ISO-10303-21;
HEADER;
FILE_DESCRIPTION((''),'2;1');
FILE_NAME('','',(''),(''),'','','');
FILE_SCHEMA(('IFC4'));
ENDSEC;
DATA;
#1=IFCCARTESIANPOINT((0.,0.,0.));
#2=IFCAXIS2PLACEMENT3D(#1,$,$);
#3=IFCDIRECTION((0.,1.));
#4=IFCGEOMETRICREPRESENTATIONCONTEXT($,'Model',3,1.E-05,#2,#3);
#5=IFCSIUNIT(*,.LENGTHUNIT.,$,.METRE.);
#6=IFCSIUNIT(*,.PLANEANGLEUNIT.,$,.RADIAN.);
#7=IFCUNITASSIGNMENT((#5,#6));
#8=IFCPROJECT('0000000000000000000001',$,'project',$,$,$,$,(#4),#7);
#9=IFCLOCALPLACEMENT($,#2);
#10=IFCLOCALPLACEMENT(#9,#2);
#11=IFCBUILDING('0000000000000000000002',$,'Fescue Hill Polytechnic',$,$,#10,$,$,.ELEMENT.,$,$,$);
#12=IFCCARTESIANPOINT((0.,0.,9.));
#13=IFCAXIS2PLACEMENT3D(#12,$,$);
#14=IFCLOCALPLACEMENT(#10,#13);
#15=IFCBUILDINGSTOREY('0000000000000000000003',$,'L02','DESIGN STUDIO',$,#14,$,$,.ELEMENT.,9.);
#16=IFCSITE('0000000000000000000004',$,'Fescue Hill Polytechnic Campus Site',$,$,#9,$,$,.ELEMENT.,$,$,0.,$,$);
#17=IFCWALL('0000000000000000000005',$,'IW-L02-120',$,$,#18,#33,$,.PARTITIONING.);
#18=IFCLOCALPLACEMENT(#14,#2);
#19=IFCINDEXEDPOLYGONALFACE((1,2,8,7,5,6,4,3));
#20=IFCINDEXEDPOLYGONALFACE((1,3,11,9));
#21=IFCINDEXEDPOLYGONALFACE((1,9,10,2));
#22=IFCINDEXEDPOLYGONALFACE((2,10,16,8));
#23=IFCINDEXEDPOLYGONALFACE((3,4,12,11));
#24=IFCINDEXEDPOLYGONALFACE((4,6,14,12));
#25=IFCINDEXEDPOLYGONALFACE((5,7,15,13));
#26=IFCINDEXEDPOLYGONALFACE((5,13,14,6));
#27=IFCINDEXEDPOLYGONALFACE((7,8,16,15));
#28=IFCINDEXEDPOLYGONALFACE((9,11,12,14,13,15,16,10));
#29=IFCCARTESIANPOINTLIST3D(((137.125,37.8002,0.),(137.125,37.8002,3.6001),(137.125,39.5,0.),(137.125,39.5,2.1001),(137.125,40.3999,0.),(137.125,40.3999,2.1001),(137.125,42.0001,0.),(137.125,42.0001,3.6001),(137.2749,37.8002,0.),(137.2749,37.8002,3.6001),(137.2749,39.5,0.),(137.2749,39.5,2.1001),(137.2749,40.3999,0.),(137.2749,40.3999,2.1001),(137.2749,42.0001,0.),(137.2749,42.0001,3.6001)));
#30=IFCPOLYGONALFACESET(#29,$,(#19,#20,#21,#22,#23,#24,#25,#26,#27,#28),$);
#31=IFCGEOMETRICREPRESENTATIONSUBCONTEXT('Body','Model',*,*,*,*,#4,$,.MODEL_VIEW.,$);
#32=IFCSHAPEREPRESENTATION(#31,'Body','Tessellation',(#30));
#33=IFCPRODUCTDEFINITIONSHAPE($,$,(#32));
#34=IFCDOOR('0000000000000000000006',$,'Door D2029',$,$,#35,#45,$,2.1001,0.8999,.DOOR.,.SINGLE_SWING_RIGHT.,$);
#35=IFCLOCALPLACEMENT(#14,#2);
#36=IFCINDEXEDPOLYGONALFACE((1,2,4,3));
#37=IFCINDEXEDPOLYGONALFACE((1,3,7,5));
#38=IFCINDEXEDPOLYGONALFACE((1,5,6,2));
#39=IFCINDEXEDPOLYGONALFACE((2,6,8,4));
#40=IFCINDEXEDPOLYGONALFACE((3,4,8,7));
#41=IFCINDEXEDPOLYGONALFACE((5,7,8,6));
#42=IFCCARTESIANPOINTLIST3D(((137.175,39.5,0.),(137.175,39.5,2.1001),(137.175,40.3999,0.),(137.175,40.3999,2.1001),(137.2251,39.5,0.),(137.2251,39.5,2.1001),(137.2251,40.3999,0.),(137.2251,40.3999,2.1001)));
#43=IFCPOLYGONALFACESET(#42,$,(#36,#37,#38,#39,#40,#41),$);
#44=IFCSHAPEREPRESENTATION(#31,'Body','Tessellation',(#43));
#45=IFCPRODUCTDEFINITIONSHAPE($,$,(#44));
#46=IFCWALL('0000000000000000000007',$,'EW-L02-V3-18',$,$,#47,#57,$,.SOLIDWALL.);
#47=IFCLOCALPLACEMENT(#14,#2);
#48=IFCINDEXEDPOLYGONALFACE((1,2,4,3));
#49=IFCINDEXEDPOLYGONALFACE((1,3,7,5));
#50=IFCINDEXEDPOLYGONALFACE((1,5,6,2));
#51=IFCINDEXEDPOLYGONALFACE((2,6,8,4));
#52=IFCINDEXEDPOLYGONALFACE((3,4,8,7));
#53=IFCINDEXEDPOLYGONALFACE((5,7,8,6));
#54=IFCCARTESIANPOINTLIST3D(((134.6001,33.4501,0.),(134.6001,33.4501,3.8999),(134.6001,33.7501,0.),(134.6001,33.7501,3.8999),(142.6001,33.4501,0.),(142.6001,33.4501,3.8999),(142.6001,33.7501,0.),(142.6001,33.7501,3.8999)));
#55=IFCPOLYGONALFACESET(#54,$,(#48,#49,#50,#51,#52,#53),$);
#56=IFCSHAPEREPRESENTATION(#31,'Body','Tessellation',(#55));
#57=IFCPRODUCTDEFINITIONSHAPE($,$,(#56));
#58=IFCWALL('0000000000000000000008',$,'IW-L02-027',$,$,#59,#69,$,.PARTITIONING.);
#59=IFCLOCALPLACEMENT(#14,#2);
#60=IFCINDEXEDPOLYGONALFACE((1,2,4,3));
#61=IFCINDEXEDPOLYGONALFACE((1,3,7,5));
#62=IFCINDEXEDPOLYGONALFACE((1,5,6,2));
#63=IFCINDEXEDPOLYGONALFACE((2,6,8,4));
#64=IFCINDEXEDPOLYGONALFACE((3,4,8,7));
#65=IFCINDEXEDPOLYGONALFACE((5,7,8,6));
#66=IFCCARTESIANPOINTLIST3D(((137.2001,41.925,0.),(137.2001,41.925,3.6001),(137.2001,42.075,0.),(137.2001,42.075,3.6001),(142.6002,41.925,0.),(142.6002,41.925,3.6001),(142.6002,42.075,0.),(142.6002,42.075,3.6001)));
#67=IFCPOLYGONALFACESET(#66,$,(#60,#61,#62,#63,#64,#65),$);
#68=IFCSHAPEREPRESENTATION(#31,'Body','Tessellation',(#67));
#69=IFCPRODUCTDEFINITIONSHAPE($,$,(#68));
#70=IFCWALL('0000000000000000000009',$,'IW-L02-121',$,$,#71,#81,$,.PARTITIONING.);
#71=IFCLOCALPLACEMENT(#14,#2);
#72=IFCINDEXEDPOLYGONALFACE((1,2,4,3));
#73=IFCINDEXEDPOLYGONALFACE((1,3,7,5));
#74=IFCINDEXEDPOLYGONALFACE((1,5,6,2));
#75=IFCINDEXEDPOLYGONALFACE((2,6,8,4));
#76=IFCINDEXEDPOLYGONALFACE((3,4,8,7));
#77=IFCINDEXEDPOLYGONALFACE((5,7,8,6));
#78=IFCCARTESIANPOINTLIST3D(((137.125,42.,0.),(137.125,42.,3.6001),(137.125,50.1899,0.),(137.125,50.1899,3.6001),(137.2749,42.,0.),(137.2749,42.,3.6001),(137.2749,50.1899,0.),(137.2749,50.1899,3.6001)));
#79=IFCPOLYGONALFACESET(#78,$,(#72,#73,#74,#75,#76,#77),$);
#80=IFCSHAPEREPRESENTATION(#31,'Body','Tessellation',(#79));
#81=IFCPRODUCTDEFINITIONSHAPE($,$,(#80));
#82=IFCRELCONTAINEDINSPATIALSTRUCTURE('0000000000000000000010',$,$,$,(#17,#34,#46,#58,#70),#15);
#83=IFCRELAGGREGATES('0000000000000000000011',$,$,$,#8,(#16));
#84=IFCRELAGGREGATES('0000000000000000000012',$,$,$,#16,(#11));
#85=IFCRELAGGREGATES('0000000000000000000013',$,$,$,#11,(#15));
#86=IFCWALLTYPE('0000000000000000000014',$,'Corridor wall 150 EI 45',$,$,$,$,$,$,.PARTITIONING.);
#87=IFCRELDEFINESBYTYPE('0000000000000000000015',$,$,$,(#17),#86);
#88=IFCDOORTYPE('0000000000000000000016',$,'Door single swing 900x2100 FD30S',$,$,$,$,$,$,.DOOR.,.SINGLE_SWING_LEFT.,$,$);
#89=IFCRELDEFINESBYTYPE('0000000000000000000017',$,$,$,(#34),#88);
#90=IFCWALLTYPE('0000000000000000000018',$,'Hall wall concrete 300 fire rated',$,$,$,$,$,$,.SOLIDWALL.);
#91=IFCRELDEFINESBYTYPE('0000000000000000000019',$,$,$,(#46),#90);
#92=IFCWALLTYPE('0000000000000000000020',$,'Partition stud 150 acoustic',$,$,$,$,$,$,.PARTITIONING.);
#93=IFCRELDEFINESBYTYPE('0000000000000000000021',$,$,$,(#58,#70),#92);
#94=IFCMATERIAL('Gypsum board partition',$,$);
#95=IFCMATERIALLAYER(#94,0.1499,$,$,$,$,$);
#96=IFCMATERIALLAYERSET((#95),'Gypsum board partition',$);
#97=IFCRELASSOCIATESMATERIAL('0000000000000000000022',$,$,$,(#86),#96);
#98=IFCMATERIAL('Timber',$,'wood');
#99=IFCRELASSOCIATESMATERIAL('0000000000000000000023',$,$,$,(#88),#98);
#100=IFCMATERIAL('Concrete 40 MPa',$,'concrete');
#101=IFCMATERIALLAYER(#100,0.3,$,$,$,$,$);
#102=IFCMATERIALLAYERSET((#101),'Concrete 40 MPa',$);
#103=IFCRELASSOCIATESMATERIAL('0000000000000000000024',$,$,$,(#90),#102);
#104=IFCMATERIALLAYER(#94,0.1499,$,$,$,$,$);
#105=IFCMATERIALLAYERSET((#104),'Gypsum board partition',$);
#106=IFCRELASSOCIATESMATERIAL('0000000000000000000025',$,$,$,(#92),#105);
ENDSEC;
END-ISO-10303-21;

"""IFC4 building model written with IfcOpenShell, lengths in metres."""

from ifc_helpers import new_model, si_unit, direction, frame, frame_2d, origin, place, context, subcontext, project, spatial, rectangle, extrude, material, layer, layer_set, type_object, element, fill, save


model = new_model("IFC4")

# Units and contexts
model_context = context("Model", 3, precision=1e-05, world=origin(), true_north=direction((0.0, 1.0)))
body_context = subcontext(model_context, "Body", "Model", "MODEL_VIEW")
ifc_project = project(units=[si_unit("LENGTHUNIT", "METRE"), si_unit("PLANEANGLEUNIT", "RADIAN")], contexts=[model_context])

# Site, building, storey
site_placement = place(None, origin())
site = spatial("IfcSite", under=ifc_project, at=site_placement, Name="Fescue Hill Polytechnic Campus Site", CompositionType="ELEMENT", RefElevation=0.0)
building_placement = place(site_placement, origin())
building = spatial("IfcBuilding", under=site, at=building_placement, Name="Fescue Hill Polytechnic", CompositionType="ELEMENT")
storey_placement = place(building_placement, frame((0.0, 0.0, 9.0)))
storey = spatial("IfcBuildingStorey", under=building, at=storey_placement, Name="L02", Description="DESIGN STUDIO", CompositionType="ELEMENT", Elevation=9.0)

# Shared definitions
ifc_material_1 = material(Name="Concrete 40 MPa", Category="concrete")

# Shared definitions
ifc_material_2 = material(Name="Gypsum board partition")
ifc_layer_1 = layer(ifc_material_2, 0.1499)
ifc_layer_set_1 = layer_set([ifc_layer_1], Name="Gypsum board partition")
wall_type_1 = type_object("IfcWallType", Name="Corridor wall 150 EI 45", PredefinedType="PARTITIONING", material=ifc_layer_set_1)

# Wall, opening, door
wall_1_placement = place(storey_placement, frame((137.2, 37.8, 0.0), z_axis=(0.0, 0.0, 1.0), x_axis=(0.0, 1.0, 0.0)))
wall_1 = element("IfcWall", 1, at=wall_1_placement, inside=storey, type_object=wall_type_1, Name="IW-L02-120", PredefinedType="PARTITIONING", context=body_context, shape_type="SweptSolid", body=[
    extrude(rectangle(XDim=4.2, YDim=0.1499, at=frame_2d((2.1001, 0.0))), origin(), (0.0, 0.0, 1.0), 3.6001),
])
opening_placement = place(wall_1_placement, frame((1.7, 0.0, 0.0)))
opening = element("IfcOpeningElement", 2, at=opening_placement, cuts=wall_1, PredefinedType="OPENING", context=body_context, shape_type="SweptSolid", body=[
    extrude(rectangle(XDim=0.8999, YDim=2.1001, at=frame_2d((0.45, 1.05))), frame((0.0, 0.085, 0.0), z_axis=(0.0, -1.0, 0.0), x_axis=(1.0, 0.0, 0.0)), (0.0, 0.0, 1.0), 0.1699),
])
ifc_material_3 = material(Name="Timber", Category="wood")
door_type = type_object("IfcDoorType", Name="Door single swing 900x2100 FD30S", OperationType="SINGLE_SWING_LEFT", PredefinedType="DOOR", material=ifc_material_3)
door_placement = place(opening_placement, origin())
door = element("IfcDoor", 3, at=door_placement, inside=storey, type_object=door_type, Name="Door D2029", OperationType="SINGLE_SWING_RIGHT", OverallHeight=2.1001, OverallWidth=0.8999, PredefinedType="DOOR", context=body_context, shape_type="SweptSolid", body=[
    extrude(rectangle(XDim=0.8999, YDim=2.1001, at=frame_2d((0.45, 1.05))), frame((0.0, 0.0249, 0.0), z_axis=(0.0, -1.0, 0.0), x_axis=(1.0, 0.0, 0.0)), (0.0, 0.0, 1.0), 0.05),
])
fill(opening, door)

# Walls
ifc_layer_2 = layer(ifc_material_1, 0.3)
ifc_layer_set_2 = layer_set([ifc_layer_2], Name="Concrete 40 MPa")
wall_type_2 = type_object("IfcWallType", Name="Hall wall concrete 300 fire rated", PredefinedType="SOLIDWALL", material=ifc_layer_set_2)
wall_2_placement = place(storey_placement, frame((134.6001, 33.6001, 0.0), z_axis=(0.0, 0.0, 1.0), x_axis=(1.0, 0.0, 0.0)))
element("IfcWall", 4, at=wall_2_placement, inside=storey, type_object=wall_type_2, Name="EW-L02-V3-18", PredefinedType="SOLIDWALL", context=body_context, shape_type="SweptSolid", body=[
    extrude(rectangle(XDim=8.0, YDim=0.3, at=frame_2d((4.0, 0.0))), origin(), (0.0, 0.0, 1.0), 3.8999),
])
ifc_layer_3 = layer(ifc_material_2, 0.1499)
ifc_layer_set_3 = layer_set([ifc_layer_3], Name="Gypsum board partition")
wall_type_3 = type_object("IfcWallType", Name="Partition stud 150 acoustic", PredefinedType="PARTITIONING", material=ifc_layer_set_3)
wall_3_placement = place(storey_placement, frame((137.2, 42.0, 0.0), z_axis=(0.0, 0.0, 1.0), x_axis=(1.0, 0.0, 0.0)))
element("IfcWall", 5, at=wall_3_placement, inside=storey, type_object=wall_type_3, Name="IW-L02-027", PredefinedType="PARTITIONING", context=body_context, shape_type="SweptSolid", body=[
    extrude(rectangle(XDim=5.4001, YDim=0.1499, at=frame_2d((2.7002, 0.0))), origin(), (0.0, 0.0, 1.0), 3.6001),
])
wall_4_placement = place(storey_placement, frame((137.2, 42.0, 0.0), z_axis=(0.0, 0.0, 1.0), x_axis=(0.0, 1.0, 0.0)))
element("IfcWall", 6, at=wall_4_placement, inside=storey, type_object=wall_type_3, Name="IW-L02-121", PredefinedType="PARTITIONING", context=body_context, shape_type="SweptSolid", body=[
    extrude(rectangle(XDim=8.1899, YDim=0.1499, at=frame_2d((4.095, 0.0))), origin(), (0.0, 0.0, 1.0), 3.6001),
])

save(model, "model.ifc")
